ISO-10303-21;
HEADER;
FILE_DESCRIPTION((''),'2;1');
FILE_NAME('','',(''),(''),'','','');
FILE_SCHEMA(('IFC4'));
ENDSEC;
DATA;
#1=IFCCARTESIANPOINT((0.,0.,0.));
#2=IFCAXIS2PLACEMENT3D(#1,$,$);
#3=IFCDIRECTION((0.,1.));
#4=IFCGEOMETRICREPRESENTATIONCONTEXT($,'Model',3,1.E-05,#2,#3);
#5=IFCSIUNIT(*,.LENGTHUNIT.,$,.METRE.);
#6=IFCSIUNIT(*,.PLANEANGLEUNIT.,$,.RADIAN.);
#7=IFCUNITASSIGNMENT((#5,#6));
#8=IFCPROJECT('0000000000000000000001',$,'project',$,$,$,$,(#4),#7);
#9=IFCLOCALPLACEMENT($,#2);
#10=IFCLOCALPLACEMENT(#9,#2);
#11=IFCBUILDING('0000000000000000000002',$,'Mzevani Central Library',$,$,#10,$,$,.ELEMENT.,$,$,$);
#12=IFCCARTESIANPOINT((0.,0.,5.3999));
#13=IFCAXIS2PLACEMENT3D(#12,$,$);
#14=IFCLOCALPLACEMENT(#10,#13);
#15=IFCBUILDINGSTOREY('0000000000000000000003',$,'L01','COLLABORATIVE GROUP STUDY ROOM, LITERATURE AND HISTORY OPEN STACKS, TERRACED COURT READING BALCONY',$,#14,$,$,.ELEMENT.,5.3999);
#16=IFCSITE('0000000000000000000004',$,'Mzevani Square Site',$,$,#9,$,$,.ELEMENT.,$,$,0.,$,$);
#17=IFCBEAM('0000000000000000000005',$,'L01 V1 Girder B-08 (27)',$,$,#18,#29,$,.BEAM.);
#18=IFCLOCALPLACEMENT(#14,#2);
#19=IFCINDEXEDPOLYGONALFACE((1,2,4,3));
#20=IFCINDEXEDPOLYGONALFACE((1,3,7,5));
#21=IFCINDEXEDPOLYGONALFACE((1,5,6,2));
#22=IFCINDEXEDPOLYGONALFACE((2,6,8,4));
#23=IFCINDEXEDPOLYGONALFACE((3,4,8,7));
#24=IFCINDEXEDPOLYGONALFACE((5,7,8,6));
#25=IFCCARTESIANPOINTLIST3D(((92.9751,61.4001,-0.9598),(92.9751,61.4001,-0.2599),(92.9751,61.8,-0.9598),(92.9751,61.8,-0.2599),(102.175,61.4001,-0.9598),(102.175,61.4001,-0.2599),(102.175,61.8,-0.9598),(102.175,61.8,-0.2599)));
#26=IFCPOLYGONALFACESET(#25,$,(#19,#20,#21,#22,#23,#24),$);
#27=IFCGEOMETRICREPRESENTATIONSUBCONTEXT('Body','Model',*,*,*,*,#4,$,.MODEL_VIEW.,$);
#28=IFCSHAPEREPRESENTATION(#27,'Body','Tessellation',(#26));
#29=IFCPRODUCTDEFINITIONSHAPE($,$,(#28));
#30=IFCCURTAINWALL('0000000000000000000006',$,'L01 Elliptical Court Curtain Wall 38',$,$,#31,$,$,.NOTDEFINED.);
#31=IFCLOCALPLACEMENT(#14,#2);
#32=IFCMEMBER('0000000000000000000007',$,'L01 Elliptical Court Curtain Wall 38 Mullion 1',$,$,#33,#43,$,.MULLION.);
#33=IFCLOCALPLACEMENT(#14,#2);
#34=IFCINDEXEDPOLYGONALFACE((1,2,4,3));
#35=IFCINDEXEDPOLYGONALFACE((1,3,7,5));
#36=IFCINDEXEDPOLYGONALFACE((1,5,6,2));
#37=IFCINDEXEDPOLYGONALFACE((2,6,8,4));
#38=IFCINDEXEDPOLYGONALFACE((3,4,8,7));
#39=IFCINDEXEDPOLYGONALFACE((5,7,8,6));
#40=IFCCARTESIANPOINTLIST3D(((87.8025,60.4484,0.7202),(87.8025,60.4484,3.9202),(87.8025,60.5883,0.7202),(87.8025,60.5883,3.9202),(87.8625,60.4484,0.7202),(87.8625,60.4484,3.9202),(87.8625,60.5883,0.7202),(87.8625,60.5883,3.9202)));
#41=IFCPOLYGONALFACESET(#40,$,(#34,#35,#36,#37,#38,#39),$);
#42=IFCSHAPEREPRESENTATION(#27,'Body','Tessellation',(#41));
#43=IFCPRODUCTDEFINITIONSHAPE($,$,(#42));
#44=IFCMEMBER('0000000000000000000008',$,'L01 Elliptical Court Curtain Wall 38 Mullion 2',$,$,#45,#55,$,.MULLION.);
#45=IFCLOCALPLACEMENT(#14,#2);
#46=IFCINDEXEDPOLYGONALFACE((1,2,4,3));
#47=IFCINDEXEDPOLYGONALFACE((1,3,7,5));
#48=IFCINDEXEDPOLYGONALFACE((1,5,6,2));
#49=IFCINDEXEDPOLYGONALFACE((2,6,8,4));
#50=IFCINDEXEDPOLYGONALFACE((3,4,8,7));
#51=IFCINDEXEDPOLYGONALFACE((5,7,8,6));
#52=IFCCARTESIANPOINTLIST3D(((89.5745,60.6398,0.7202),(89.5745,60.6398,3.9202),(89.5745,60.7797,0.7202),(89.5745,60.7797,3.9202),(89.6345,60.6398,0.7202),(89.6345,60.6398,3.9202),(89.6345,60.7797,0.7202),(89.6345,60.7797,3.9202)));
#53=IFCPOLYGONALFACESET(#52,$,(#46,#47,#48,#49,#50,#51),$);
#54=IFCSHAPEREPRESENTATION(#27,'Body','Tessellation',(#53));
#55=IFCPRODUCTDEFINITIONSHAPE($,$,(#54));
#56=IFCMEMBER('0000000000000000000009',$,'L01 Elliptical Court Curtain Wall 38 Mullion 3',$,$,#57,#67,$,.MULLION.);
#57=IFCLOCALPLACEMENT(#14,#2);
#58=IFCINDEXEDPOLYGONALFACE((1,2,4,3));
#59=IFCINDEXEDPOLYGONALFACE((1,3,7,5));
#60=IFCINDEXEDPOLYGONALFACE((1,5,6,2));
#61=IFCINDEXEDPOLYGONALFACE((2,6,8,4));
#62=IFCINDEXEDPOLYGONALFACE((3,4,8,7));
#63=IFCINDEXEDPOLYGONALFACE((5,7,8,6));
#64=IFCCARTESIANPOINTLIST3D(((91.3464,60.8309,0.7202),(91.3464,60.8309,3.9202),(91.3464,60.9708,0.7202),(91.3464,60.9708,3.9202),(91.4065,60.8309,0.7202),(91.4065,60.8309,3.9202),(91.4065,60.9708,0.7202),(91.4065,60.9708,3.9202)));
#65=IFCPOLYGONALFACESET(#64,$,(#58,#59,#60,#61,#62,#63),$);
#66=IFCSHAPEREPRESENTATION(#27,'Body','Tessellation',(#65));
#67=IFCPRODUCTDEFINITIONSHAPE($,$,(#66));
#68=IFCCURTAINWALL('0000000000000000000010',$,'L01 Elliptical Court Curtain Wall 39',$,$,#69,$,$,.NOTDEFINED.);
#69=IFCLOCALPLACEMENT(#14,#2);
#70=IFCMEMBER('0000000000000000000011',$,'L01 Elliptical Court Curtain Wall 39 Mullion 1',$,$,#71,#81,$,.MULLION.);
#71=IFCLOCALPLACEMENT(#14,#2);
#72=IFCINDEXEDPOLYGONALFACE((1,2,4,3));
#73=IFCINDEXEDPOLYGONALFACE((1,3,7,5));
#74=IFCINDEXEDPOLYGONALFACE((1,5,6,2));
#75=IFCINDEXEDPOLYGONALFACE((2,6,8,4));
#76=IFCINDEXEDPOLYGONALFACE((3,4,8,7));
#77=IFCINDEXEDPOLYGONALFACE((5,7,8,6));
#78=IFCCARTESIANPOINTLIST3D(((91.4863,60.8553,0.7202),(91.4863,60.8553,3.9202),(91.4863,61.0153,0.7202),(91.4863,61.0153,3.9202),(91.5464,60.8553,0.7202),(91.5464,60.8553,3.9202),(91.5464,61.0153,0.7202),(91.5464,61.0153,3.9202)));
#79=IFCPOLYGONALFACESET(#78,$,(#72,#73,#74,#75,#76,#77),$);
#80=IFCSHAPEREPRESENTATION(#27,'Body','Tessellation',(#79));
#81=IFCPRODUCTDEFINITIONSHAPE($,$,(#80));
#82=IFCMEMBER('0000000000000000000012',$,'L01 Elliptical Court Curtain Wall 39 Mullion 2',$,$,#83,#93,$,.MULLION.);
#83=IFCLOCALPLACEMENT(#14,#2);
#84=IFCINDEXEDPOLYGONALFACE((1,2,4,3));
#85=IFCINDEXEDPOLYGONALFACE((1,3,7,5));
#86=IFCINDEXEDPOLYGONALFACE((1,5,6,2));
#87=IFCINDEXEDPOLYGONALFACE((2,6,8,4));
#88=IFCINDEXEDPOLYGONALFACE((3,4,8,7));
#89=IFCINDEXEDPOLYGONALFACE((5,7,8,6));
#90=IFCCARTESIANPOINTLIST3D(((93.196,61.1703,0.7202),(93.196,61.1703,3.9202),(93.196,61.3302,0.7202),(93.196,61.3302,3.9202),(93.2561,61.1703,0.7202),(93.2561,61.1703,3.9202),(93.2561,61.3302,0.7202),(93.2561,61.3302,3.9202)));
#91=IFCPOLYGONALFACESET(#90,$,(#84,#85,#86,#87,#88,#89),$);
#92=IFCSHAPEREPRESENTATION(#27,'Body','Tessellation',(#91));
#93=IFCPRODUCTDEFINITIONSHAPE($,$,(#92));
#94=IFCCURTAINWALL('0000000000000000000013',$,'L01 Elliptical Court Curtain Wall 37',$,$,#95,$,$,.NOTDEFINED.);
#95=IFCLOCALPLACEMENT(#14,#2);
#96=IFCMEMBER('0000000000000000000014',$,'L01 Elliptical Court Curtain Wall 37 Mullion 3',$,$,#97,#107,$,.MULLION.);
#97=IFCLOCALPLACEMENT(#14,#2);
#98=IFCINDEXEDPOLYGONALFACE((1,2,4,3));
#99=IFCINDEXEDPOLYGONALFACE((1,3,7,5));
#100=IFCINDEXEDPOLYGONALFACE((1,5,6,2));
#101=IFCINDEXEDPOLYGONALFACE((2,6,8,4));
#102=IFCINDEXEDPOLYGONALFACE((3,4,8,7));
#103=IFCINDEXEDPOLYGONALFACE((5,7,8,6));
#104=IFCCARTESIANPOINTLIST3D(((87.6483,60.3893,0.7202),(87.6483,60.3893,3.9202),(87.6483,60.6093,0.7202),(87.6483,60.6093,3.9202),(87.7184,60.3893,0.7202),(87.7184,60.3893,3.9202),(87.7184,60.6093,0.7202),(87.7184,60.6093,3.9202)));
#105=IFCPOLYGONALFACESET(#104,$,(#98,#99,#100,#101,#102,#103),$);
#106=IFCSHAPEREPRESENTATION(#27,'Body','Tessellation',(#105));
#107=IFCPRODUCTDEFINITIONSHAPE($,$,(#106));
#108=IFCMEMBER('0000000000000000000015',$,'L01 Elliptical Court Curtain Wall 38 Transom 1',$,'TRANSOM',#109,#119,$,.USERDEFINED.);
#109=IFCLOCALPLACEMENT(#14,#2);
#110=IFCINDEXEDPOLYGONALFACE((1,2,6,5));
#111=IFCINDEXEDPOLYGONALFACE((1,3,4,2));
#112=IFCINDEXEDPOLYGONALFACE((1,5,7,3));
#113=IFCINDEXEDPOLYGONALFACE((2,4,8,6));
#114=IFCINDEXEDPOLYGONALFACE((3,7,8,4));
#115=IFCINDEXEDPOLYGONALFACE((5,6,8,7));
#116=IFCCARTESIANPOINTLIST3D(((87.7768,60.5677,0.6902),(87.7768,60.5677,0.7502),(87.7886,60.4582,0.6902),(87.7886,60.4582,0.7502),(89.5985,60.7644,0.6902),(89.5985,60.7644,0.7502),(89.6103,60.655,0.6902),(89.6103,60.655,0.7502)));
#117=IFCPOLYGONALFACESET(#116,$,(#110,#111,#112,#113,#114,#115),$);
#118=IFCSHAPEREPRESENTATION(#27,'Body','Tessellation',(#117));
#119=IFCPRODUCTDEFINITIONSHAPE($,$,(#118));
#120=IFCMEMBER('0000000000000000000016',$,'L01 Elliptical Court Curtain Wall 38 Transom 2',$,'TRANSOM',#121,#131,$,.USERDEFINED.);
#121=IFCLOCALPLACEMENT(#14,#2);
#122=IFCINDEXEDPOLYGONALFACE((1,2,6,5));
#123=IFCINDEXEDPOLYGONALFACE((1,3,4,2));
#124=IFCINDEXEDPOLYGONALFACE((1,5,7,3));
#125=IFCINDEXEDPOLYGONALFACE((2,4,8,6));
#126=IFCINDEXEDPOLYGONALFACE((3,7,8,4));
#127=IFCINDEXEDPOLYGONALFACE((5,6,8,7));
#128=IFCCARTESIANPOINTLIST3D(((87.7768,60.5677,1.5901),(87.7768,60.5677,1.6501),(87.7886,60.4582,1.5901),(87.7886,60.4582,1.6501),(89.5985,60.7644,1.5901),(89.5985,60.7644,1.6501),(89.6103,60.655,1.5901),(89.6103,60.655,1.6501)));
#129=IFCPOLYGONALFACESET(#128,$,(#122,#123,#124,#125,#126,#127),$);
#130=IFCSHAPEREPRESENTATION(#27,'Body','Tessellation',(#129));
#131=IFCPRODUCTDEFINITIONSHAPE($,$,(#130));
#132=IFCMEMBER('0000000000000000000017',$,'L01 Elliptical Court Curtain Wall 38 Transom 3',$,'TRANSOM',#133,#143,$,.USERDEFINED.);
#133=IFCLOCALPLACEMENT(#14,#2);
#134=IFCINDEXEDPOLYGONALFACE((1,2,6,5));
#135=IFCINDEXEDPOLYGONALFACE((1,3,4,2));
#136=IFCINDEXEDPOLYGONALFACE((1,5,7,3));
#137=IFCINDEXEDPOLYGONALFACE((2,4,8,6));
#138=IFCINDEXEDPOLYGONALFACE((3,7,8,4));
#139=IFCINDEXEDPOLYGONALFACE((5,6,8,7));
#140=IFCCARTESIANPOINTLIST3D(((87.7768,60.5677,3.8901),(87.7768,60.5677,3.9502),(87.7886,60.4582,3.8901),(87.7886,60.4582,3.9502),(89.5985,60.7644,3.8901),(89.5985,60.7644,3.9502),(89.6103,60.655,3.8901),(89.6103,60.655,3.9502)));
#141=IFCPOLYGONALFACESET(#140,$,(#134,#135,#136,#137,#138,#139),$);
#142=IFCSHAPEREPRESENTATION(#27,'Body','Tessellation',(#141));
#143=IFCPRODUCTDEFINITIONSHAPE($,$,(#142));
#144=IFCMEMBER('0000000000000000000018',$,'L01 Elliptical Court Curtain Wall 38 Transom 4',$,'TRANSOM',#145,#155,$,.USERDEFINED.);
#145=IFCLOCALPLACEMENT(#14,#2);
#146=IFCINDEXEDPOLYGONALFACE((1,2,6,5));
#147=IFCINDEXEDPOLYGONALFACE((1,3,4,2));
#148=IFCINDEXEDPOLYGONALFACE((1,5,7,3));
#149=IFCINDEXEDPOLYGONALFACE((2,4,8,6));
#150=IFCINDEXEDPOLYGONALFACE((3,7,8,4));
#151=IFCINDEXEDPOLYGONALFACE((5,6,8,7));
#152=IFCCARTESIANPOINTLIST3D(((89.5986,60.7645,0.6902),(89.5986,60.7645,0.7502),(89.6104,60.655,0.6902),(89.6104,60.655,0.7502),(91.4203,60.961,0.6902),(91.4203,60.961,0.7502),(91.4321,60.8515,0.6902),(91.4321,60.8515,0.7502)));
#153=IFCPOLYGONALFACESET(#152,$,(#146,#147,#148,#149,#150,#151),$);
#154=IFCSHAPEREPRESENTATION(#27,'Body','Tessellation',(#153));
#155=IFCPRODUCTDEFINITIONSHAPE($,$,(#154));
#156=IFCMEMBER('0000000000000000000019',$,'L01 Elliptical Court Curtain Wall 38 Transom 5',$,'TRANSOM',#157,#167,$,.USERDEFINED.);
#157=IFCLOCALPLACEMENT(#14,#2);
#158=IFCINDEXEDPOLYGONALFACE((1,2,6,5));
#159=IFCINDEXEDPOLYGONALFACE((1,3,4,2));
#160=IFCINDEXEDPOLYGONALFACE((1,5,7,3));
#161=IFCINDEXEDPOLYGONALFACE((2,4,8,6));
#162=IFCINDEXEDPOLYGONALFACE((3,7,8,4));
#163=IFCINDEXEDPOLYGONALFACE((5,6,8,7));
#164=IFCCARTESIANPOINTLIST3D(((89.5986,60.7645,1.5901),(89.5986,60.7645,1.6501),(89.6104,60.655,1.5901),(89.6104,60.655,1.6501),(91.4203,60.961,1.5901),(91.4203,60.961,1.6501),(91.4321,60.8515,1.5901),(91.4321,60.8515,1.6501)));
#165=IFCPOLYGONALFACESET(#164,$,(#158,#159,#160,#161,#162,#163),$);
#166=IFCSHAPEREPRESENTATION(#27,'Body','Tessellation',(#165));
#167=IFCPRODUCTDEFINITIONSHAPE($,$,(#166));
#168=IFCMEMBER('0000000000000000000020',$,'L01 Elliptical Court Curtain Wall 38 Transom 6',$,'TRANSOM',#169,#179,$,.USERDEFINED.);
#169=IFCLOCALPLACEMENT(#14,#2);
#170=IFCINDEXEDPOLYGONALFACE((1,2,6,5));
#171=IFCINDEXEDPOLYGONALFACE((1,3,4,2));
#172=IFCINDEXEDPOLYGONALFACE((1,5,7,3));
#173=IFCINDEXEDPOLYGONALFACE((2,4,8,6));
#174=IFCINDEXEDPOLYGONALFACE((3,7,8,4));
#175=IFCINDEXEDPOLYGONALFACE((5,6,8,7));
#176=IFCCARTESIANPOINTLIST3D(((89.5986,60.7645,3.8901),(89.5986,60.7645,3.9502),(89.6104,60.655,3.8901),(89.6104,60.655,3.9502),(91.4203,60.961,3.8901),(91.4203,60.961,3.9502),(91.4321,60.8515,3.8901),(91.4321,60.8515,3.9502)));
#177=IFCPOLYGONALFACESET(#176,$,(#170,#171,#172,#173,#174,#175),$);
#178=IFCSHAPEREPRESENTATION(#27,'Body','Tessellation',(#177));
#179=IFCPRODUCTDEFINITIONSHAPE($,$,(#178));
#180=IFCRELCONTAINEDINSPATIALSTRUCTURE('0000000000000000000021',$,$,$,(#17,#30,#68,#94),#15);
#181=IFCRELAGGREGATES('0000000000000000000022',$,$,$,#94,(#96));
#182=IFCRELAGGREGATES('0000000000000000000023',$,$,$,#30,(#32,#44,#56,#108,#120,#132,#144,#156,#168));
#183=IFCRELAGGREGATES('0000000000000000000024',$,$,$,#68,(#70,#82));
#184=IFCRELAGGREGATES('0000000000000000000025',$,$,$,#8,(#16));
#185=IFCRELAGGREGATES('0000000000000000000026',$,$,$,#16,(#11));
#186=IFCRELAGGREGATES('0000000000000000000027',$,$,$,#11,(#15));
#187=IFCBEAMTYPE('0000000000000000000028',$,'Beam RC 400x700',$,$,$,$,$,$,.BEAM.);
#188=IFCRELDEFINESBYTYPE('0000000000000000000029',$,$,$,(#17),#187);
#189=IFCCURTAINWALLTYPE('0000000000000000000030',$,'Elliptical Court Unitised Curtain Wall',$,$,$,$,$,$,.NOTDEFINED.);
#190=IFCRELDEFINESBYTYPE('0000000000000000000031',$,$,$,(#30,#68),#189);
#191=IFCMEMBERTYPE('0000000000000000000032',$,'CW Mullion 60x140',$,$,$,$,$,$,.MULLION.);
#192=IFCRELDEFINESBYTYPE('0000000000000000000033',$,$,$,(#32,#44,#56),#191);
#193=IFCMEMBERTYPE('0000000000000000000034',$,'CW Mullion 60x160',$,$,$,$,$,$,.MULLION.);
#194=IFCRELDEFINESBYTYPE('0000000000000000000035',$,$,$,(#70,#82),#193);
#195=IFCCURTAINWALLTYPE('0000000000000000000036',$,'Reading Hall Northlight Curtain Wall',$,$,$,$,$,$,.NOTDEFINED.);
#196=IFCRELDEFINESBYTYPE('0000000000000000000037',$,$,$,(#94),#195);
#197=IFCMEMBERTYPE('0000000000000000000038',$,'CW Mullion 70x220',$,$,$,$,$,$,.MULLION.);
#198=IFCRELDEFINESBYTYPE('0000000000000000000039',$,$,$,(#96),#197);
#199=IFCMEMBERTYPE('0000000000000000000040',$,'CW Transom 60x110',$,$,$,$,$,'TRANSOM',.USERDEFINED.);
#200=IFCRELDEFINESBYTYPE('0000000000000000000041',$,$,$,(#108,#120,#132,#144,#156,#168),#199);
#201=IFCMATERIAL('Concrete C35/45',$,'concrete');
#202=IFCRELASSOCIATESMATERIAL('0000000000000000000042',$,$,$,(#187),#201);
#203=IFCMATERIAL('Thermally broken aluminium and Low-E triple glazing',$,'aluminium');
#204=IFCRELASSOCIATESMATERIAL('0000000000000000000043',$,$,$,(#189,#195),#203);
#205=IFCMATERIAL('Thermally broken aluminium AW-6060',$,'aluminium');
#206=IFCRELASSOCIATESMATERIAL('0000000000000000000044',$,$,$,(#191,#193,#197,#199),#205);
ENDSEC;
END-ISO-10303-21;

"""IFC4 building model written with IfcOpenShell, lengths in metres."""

from ifc_helpers import new_model, si_unit, direction, frame, origin, origin_2d, place, context, subcontext, project, spatial, rectangle, extrude, material, material_profile, profile_set, type_object, element, aggregate, save


model = new_model("IFC4")

# Units and contexts
model_context = context("Model", 3, precision=1e-05, world=origin(), true_north=direction((0.0, 1.0)))
body_context = subcontext(model_context, "Body", "Model", "MODEL_VIEW")
ifc_project = project(units=[si_unit("LENGTHUNIT", "METRE"), si_unit("PLANEANGLEUNIT", "RADIAN")], contexts=[model_context])

# Site, building, storey
site_placement = place(None, origin())
site = spatial("IfcSite", under=ifc_project, at=site_placement, Name="Mzevani Square Site", CompositionType="ELEMENT", RefElevation=0.0)
building_placement = place(site_placement, origin())
building = spatial("IfcBuilding", under=site, at=building_placement, Name="Mzevani Central Library", CompositionType="ELEMENT")
storey_placement = place(building_placement, frame((0.0, 0.0, 5.3999)))
storey = spatial("IfcBuildingStorey", under=building, at=storey_placement, Name="L01", Description="COLLABORATIVE GROUP STUDY ROOM, LITERATURE AND HISTORY OPEN STACKS, TERRACED COURT READING BALCONY", CompositionType="ELEMENT", Elevation=5.3999)

# Beam
ifc_material_1 = material(Name="Concrete C35/45", Category="concrete")
ifc_material_profile_1 = material_profile(ifc_material_1, rectangle(XDim=0.3999, YDim=0.7, at=origin_2d()), Name="RC B400x700")
ifc_profile_set_1 = profile_set([ifc_material_profile_1], Name="Concrete C35/45")
beam_type = type_object("IfcBeamType", Name="Beam RC 400x700", PredefinedType="BEAM", material=ifc_profile_set_1)
beam_placement = place(storey_placement, frame((92.9751, 61.6001, -0.6099), z_axis=(1.0, 0.0, 0.0), x_axis=(0.0, 1.0, 0.0)))
element("IfcBeam", 1, at=beam_placement, inside=storey, type_object=beam_type, Name="L01 V1 Girder B-08 (27)", PredefinedType="BEAM", context=body_context, shape_type="SweptSolid", body=[
    extrude(rectangle(XDim=0.3999, YDim=0.7, at=origin_2d()), origin(), (0.0, 0.0, 1.0), 9.2),
])

# Curtain walls, members
ifc_material_2 = material(Name="Thermally broken aluminium and Low-E triple glazing", Category="aluminium")
curtain_wall_type_1 = type_object("IfcCurtainWallType", Name="Elliptical Court Unitised Curtain Wall", PredefinedType="NOTDEFINED", material=ifc_material_2)
curtain_wall_1_placement = place(storey_placement, origin())
curtain_wall_1 = element("IfcCurtainWall", 2, at=curtain_wall_1_placement, inside=storey, type_object=curtain_wall_type_1, Name="L01 Elliptical Court Curtain Wall 38", PredefinedType="NOTDEFINED")
ifc_material_3 = material(Name="Thermally broken aluminium AW-6060", Category="aluminium")
ifc_material_profile_2 = material_profile(ifc_material_3, rectangle(XDim=0.0601, YDim=0.1399, at=origin_2d()), Name="ALU M60x140")
ifc_profile_set_2 = profile_set([ifc_material_profile_2], Name="Thermally broken aluminium AW-6060")
member_type_1 = type_object("IfcMemberType", Name="CW Mullion 60x140", PredefinedType="MULLION", material=ifc_profile_set_2)
member_1_placement = place(storey_placement, frame((87.8325, 60.5183, 0.7202), z_axis=(0.0, 0.0, 1.0), x_axis=(1.0, 0.0, 0.0)))
member_1 = element("IfcMember", 3, at=member_1_placement, type_object=member_type_1, Name="L01 Elliptical Court Curtain Wall 38 Mullion 1", PredefinedType="MULLION", context=body_context, shape_type="SweptSolid", body=[
    extrude(rectangle(XDim=0.0601, YDim=0.1399, at=origin_2d()), origin(), (0.0, 0.0, 1.0), 3.2),
])
member_2_placement = place(storey_placement, frame((89.6045, 60.7097, 0.7202), z_axis=(0.0, 0.0, 1.0), x_axis=(1.0, 0.0, 0.0)))
member_2 = element("IfcMember", 4, at=member_2_placement, type_object=member_type_1, Name="L01 Elliptical Court Curtain Wall 38 Mullion 2", PredefinedType="MULLION", context=body_context, shape_type="SweptSolid", body=[
    extrude(rectangle(XDim=0.0601, YDim=0.1399, at=origin_2d()), origin(), (0.0, 0.0, 1.0), 3.2),
])
member_3_placement = place(storey_placement, frame((91.3765, 60.9009, 0.7202), z_axis=(0.0, 0.0, 1.0), x_axis=(1.0, 0.0, 0.0)))
member_3 = element("IfcMember", 5, at=member_3_placement, type_object=member_type_1, Name="L01 Elliptical Court Curtain Wall 38 Mullion 3", PredefinedType="MULLION", context=body_context, shape_type="SweptSolid", body=[
    extrude(rectangle(XDim=0.0601, YDim=0.1399, at=origin_2d()), origin(), (0.0, 0.0, 1.0), 3.2),
])
curtain_wall_2_placement = place(storey_placement, origin())
curtain_wall_2 = element("IfcCurtainWall", 6, at=curtain_wall_2_placement, inside=storey, type_object=curtain_wall_type_1, Name="L01 Elliptical Court Curtain Wall 39", PredefinedType="NOTDEFINED")
ifc_material_profile_3 = material_profile(ifc_material_3, rectangle(XDim=0.0601, YDim=0.1599, at=origin_2d()), Name="ALU M60x160")
ifc_profile_set_3 = profile_set([ifc_material_profile_3], Name="Thermally broken aluminium AW-6060")
member_type_2 = type_object("IfcMemberType", Name="CW Mullion 60x160", PredefinedType="MULLION", material=ifc_profile_set_3)
member_4_placement = place(storey_placement, frame((91.5164, 60.9353, 0.7202), z_axis=(0.0, 0.0, 1.0), x_axis=(1.0, 0.0, 0.0)))
member_4 = element("IfcMember", 7, at=member_4_placement, type_object=member_type_2, Name="L01 Elliptical Court Curtain Wall 39 Mullion 1", PredefinedType="MULLION", context=body_context, shape_type="SweptSolid", body=[
    extrude(rectangle(XDim=0.0601, YDim=0.1599, at=origin_2d()), origin(), (0.0, 0.0, 1.0), 3.2),
])
member_5_placement = place(storey_placement, frame((93.2261, 61.2502, 0.7202), z_axis=(0.0, 0.0, 1.0), x_axis=(1.0, 0.0, 0.0)))
member_5 = element("IfcMember", 8, at=member_5_placement, type_object=member_type_2, Name="L01 Elliptical Court Curtain Wall 39 Mullion 2", PredefinedType="MULLION", context=body_context, shape_type="SweptSolid", body=[
    extrude(rectangle(XDim=0.0601, YDim=0.1599, at=origin_2d()), origin(), (0.0, 0.0, 1.0), 3.2),
])

# Curtain wall, member
curtain_wall_type_2 = type_object("IfcCurtainWallType", Name="Reading Hall Northlight Curtain Wall", PredefinedType="NOTDEFINED", material=ifc_material_2)
curtain_wall_3_placement = place(storey_placement, origin())
curtain_wall_3 = element("IfcCurtainWall", 9, at=curtain_wall_3_placement, inside=storey, type_object=curtain_wall_type_2, Name="L01 Elliptical Court Curtain Wall 37", PredefinedType="NOTDEFINED")
ifc_material_profile_4 = material_profile(ifc_material_3, rectangle(XDim=0.0701, YDim=0.22, at=origin_2d()), Name="ALU M70x220")
ifc_profile_set_4 = profile_set([ifc_material_profile_4], Name="Thermally broken aluminium AW-6060")
member_type_3 = type_object("IfcMemberType", Name="CW Mullion 70x220", PredefinedType="MULLION", material=ifc_profile_set_4)
member_6_placement = place(storey_placement, frame((87.6833, 60.4993, 0.7202), z_axis=(0.0, 0.0, 1.0), x_axis=(1.0, 0.0, 0.0)))
member_6 = element("IfcMember", 10, at=member_6_placement, type_object=member_type_3, Name="L01 Elliptical Court Curtain Wall 37 Mullion 3", PredefinedType="MULLION", context=body_context, shape_type="SweptSolid", body=[
    extrude(rectangle(XDim=0.0701, YDim=0.22, at=origin_2d()), origin(), (0.0, 0.0, 1.0), 3.2),
])
aggregate(curtain_wall_3, [member_6])

# Members
ifc_material_profile_5 = material_profile(ifc_material_3, rectangle(XDim=0.1101, YDim=0.0601, at=origin_2d()), Name="ALU T60x110")
ifc_profile_set_5 = profile_set([ifc_material_profile_5], Name="Thermally broken aluminium AW-6060")
member_type_4 = type_object("IfcMemberType", Name="CW Transom 60x110", ElementType="TRANSOM", PredefinedType="USERDEFINED", material=ifc_profile_set_5)
member_7_placement = place(storey_placement, frame((87.7827, 60.5129, 0.7202), z_axis=(0.994217, 0.107389, 0.0), x_axis=(-0.107389, 0.994217, 0.0)))
member_7 = element("IfcMember", 11, at=member_7_placement, type_object=member_type_4, Name="L01 Elliptical Court Curtain Wall 38 Transom 1", ObjectType="TRANSOM", PredefinedType="USERDEFINED", context=body_context, shape_type="SweptSolid", body=[
    extrude(rectangle(XDim=0.1101, YDim=0.0601, at=origin_2d()), origin(), (0.0, 0.0, 1.0), 1.8323),
])
member_8_placement = place(storey_placement, frame((87.7827, 60.5129, 1.6201), z_axis=(0.994217, 0.107389, 0.0), x_axis=(-0.107389, 0.994217, 0.0)))
member_8 = element("IfcMember", 12, at=member_8_placement, type_object=member_type_4, Name="L01 Elliptical Court Curtain Wall 38 Transom 2", ObjectType="TRANSOM", PredefinedType="USERDEFINED", context=body_context, shape_type="SweptSolid", body=[
    extrude(rectangle(XDim=0.1101, YDim=0.0601, at=origin_2d()), origin(), (0.0, 0.0, 1.0), 1.8323),
])
member_9_placement = place(storey_placement, frame((87.7827, 60.5129, 3.9202), z_axis=(0.994217, 0.107389, 0.0), x_axis=(-0.107389, 0.994217, 0.0)))
member_9 = element("IfcMember", 13, at=member_9_placement, type_object=member_type_4, Name="L01 Elliptical Court Curtain Wall 38 Transom 3", ObjectType="TRANSOM", PredefinedType="USERDEFINED", context=body_context, shape_type="SweptSolid", body=[
    extrude(rectangle(XDim=0.1101, YDim=0.0601, at=origin_2d()), origin(), (0.0, 0.0, 1.0), 1.8323),
])
member_10_placement = place(storey_placement, frame((89.6045, 60.7097, 0.7202), z_axis=(0.994231, 0.107258, 0.0), x_axis=(-0.107258, 0.994231, 0.0)))
member_10 = element("IfcMember", 14, at=member_10_placement, type_object=member_type_4, Name="L01 Elliptical Court Curtain Wall 38 Transom 4", ObjectType="TRANSOM", PredefinedType="USERDEFINED", context=body_context, shape_type="SweptSolid", body=[
    extrude(rectangle(XDim=0.1101, YDim=0.0601, at=origin_2d()), origin(), (0.0, 0.0, 1.0), 1.8323),
])
member_11_placement = place(storey_placement, frame((89.6045, 60.7097, 1.6201), z_axis=(0.994231, 0.107258, 0.0), x_axis=(-0.107258, 0.994231, 0.0)))
member_11 = element("IfcMember", 15, at=member_11_placement, type_object=member_type_4, Name="L01 Elliptical Court Curtain Wall 38 Transom 5", ObjectType="TRANSOM", PredefinedType="USERDEFINED", context=body_context, shape_type="SweptSolid", body=[
    extrude(rectangle(XDim=0.1101, YDim=0.0601, at=origin_2d()), origin(), (0.0, 0.0, 1.0), 1.8323),
])
member_12_placement = place(storey_placement, frame((89.6045, 60.7097, 3.9202), z_axis=(0.994231, 0.107258, 0.0), x_axis=(-0.107258, 0.994231, 0.0)))
member_12 = element("IfcMember", 16, at=member_12_placement, type_object=member_type_4, Name="L01 Elliptical Court Curtain Wall 38 Transom 6", ObjectType="TRANSOM", PredefinedType="USERDEFINED", context=body_context, shape_type="SweptSolid", body=[
    extrude(rectangle(XDim=0.1101, YDim=0.0601, at=origin_2d()), origin(), (0.0, 0.0, 1.0), 1.8323),
])

aggregate(curtain_wall_1, [member_1, member_2, member_3, member_7, member_8, member_9, member_10, member_11, member_12])
aggregate(curtain_wall_2, [member_4, member_5])

save(model, "model.ifc")
